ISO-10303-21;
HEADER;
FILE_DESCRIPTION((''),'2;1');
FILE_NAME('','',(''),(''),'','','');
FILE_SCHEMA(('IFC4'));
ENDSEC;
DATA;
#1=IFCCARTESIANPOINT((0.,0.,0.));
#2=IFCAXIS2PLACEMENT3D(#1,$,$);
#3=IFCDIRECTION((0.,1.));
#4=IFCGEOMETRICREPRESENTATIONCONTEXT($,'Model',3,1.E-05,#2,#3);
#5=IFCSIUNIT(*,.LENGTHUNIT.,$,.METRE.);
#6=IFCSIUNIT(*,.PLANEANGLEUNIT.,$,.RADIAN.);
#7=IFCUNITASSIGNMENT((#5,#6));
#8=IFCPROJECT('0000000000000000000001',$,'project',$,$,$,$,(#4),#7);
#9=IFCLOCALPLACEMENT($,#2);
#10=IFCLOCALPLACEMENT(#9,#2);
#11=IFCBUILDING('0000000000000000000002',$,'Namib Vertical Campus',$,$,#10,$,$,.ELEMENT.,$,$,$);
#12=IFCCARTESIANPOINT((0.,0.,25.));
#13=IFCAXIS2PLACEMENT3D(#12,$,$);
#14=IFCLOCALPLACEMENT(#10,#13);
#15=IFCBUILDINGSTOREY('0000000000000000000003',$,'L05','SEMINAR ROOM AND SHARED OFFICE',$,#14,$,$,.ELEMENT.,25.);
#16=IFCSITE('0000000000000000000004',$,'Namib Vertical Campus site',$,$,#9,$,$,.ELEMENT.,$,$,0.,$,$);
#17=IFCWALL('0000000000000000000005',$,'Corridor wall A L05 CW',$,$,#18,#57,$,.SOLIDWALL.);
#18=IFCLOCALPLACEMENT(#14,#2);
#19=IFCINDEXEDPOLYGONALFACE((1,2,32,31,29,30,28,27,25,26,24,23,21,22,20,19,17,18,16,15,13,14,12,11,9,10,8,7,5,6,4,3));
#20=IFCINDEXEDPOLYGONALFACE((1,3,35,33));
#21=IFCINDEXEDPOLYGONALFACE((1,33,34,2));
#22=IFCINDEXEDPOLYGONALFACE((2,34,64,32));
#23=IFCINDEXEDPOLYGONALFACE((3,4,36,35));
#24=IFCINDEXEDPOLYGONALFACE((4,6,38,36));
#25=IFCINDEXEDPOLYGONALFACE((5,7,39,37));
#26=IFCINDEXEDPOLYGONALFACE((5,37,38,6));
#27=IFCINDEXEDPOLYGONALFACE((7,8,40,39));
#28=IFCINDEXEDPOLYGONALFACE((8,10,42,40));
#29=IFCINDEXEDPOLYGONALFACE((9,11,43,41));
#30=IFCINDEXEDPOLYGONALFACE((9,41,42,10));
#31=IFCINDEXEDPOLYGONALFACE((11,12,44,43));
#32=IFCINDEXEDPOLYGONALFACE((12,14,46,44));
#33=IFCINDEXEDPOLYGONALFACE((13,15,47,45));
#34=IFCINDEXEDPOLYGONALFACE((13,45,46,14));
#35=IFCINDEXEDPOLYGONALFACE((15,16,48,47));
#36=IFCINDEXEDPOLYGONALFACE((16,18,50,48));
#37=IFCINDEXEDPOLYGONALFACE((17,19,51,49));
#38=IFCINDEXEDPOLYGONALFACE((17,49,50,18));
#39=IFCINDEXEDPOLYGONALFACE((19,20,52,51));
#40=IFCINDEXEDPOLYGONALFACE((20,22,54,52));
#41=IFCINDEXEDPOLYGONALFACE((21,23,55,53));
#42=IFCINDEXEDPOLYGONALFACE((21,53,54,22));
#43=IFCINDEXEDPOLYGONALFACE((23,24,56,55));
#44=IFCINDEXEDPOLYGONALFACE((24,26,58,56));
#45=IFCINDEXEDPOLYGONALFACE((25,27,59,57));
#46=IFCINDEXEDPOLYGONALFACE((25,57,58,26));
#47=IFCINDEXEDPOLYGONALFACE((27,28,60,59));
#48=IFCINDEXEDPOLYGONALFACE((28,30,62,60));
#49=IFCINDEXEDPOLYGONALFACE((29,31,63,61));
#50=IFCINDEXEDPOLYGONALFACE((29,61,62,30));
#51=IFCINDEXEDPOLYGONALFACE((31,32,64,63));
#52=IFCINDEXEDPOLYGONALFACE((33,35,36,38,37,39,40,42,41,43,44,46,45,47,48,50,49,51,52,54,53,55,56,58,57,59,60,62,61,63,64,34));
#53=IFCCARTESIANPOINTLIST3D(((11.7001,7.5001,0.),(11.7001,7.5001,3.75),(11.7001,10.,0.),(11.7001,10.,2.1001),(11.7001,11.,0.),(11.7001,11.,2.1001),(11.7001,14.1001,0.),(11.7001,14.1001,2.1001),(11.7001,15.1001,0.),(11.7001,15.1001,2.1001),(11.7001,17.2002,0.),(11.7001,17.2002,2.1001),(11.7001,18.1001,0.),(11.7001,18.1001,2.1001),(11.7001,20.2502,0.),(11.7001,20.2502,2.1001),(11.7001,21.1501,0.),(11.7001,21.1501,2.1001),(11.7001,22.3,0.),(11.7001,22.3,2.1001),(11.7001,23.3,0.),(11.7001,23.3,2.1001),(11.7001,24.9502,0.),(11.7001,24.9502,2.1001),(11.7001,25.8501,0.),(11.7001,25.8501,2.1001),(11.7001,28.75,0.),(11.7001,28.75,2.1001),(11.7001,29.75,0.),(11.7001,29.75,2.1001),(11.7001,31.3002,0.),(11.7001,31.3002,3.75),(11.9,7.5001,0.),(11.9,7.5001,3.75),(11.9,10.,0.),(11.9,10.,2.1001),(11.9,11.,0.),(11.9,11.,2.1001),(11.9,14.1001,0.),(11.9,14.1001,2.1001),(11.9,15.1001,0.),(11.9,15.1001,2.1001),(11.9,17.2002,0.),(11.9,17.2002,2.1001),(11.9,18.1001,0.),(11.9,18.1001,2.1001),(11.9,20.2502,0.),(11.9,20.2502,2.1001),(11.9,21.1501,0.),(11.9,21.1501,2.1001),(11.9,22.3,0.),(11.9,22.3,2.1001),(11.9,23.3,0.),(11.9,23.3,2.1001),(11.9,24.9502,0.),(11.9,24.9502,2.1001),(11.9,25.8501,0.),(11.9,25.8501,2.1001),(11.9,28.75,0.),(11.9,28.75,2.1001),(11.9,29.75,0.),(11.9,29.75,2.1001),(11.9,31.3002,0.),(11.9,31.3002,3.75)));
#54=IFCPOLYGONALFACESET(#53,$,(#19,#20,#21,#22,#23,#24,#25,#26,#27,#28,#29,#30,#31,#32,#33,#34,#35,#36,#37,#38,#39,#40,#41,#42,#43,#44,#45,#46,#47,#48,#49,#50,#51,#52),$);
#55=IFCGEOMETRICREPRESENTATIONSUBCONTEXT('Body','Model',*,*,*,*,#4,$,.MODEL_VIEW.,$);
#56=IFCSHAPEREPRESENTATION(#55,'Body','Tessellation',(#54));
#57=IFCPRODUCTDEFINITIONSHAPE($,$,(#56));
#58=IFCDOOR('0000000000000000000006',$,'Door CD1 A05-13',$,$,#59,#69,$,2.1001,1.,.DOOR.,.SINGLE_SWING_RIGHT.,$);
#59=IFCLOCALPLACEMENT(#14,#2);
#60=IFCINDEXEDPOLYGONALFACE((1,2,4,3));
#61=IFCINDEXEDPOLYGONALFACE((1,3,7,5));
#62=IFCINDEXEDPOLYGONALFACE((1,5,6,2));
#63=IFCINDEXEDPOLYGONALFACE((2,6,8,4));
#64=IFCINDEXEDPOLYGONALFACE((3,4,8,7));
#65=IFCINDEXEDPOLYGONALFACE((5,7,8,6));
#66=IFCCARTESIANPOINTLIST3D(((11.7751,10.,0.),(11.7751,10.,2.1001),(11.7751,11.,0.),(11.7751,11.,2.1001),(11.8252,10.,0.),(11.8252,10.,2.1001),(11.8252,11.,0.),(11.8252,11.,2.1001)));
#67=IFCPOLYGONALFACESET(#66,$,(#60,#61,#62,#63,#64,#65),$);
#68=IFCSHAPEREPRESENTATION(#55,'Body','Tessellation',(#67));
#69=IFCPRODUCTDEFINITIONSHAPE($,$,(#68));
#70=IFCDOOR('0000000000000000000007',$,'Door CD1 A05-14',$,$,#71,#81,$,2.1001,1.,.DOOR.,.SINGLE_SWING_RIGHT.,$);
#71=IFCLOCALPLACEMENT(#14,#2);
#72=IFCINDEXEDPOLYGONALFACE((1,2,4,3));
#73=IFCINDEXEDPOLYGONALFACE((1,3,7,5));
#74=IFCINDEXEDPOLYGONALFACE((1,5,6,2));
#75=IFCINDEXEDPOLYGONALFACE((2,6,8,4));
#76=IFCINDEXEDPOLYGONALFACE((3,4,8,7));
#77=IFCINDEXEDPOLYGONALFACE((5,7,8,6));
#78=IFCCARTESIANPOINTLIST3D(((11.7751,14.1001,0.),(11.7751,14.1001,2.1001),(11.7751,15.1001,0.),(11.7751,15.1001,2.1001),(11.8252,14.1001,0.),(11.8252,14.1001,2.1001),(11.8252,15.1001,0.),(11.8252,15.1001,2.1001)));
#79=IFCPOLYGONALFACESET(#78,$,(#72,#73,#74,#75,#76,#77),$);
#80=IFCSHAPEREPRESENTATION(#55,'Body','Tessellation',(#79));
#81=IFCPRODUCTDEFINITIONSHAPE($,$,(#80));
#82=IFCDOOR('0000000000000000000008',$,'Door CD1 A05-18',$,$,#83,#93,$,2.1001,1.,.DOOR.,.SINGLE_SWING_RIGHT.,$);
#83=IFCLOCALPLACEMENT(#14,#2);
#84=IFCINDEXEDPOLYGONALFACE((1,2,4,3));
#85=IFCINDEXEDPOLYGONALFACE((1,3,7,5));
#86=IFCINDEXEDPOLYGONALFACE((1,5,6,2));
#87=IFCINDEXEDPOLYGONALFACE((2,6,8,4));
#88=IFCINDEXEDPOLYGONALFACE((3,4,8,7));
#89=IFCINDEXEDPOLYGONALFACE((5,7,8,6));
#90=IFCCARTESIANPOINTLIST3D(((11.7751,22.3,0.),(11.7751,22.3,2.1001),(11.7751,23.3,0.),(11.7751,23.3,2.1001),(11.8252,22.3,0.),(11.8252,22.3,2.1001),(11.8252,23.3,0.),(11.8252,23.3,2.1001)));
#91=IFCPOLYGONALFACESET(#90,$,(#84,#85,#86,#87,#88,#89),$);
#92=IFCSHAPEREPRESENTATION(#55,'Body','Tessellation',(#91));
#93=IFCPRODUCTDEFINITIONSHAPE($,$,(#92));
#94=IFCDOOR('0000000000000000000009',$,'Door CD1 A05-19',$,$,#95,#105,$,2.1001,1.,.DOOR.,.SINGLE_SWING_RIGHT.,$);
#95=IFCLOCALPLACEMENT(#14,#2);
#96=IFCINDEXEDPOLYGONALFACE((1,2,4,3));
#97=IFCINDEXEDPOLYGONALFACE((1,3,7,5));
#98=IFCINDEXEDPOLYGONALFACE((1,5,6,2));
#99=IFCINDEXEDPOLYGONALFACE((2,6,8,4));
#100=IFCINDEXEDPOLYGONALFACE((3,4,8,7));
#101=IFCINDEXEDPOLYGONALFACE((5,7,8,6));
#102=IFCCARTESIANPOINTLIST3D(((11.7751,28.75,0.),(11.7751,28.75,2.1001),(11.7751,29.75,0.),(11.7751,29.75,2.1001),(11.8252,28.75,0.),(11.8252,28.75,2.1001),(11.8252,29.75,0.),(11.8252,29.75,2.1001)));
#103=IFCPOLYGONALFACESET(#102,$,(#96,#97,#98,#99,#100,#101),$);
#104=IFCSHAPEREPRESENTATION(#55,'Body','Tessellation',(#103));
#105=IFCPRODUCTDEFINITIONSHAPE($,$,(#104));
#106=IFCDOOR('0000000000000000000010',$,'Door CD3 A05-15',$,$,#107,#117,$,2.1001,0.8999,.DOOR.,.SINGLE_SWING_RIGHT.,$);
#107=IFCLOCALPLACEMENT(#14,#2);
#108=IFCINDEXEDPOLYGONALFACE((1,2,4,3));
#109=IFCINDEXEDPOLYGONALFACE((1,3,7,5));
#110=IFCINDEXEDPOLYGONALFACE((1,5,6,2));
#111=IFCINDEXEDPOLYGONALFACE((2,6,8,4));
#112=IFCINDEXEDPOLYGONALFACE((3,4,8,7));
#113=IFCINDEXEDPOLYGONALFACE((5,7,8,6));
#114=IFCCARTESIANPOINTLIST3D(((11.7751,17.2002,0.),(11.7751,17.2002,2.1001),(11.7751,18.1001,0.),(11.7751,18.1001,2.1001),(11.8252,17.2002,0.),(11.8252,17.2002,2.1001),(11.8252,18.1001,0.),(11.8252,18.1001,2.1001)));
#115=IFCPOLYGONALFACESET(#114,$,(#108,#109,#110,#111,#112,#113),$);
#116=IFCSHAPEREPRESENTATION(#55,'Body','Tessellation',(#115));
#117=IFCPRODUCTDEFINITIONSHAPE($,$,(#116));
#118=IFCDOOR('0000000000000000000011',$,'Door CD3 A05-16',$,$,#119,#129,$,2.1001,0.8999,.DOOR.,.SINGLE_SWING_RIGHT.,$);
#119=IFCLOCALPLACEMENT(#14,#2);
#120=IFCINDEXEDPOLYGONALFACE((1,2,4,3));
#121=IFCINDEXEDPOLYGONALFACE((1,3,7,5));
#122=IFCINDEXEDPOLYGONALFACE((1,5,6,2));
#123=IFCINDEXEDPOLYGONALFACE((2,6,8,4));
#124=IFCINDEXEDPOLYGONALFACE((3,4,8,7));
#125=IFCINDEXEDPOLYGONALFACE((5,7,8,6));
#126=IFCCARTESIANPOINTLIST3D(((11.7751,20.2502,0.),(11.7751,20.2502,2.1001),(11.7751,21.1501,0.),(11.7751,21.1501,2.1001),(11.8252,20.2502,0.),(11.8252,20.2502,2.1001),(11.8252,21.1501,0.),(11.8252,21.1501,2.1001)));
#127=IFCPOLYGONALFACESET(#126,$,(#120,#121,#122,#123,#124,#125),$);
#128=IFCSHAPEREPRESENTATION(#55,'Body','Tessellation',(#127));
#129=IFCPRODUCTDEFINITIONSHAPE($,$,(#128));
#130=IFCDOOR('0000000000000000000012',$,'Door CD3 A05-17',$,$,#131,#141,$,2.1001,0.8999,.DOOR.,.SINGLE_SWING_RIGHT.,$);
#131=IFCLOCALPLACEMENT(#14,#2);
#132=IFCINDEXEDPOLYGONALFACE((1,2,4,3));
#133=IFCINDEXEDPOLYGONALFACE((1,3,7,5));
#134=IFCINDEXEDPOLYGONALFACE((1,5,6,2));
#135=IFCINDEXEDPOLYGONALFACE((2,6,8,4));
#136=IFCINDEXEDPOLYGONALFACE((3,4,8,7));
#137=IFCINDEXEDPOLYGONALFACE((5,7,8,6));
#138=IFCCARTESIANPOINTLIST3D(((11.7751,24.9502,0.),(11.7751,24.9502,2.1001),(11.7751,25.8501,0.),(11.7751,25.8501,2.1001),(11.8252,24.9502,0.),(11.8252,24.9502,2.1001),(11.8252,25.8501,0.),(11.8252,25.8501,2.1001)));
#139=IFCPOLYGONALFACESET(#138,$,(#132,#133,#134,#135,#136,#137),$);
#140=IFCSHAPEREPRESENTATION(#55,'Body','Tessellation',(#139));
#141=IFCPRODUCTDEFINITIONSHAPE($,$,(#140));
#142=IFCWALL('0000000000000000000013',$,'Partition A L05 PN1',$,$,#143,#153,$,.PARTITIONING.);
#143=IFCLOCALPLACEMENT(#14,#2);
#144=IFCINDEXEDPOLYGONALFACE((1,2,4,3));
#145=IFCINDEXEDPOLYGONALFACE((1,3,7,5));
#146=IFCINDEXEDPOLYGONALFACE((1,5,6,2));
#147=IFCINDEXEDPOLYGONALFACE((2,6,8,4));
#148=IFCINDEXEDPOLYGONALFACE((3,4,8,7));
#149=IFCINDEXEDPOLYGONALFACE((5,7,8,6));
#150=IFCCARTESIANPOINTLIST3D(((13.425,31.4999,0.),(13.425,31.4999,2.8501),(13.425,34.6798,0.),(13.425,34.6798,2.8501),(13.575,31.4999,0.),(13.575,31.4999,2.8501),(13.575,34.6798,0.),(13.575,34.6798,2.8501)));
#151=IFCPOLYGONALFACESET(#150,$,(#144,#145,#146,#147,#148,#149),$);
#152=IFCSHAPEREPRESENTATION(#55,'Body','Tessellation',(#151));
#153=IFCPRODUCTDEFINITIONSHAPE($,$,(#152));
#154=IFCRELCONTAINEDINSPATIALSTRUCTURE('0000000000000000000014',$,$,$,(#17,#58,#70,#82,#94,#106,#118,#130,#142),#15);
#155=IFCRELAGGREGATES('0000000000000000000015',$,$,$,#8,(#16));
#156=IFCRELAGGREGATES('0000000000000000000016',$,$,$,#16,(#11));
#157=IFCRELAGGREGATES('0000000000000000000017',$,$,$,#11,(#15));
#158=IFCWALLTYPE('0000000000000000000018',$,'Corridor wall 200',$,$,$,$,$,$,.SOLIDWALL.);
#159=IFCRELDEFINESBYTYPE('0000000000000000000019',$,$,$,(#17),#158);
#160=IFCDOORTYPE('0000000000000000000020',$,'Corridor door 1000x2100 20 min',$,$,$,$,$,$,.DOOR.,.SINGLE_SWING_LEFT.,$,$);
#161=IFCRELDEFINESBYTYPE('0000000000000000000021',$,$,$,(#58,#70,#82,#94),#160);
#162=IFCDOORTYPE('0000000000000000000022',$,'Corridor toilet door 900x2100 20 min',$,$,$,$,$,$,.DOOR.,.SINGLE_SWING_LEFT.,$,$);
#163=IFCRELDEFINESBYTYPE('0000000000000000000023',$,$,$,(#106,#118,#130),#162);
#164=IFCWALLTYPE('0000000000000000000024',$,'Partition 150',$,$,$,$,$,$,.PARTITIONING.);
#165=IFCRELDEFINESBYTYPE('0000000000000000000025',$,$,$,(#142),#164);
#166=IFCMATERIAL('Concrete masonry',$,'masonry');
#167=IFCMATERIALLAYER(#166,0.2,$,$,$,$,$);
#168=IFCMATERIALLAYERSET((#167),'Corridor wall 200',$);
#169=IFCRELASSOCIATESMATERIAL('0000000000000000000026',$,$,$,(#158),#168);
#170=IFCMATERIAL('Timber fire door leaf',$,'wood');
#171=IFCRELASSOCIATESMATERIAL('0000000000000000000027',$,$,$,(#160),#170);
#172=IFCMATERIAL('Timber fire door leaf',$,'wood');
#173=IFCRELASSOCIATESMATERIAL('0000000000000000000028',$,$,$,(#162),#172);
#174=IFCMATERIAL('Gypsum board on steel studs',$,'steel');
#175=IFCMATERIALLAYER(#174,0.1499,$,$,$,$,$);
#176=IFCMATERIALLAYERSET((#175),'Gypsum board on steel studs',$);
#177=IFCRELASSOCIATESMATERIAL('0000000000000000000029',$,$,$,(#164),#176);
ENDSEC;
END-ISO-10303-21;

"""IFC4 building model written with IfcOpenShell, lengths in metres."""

from ifc_helpers import new_model, si_unit, direction, frame, frame_2d, origin, place, context, subcontext, project, spatial, rectangle, extrude, material, layer, layer_set, type_object, element, fill, save


model = new_model("IFC4")

# Units and contexts
model_context = context("Model", 3, precision=1e-05, world=origin(), true_north=direction((0.0, 1.0)))
body_context = subcontext(model_context, "Body", "Model", "MODEL_VIEW")
ifc_project = project(units=[si_unit("LENGTHUNIT", "METRE"), si_unit("PLANEANGLEUNIT", "RADIAN")], contexts=[model_context])

# Site, building, storey
site_placement = place(None, origin())
site = spatial("IfcSite", under=ifc_project, at=site_placement, Name="Namib Vertical Campus site", CompositionType="ELEMENT", RefElevation=0.0)
building_placement = place(site_placement, origin())
building = spatial("IfcBuilding", under=site, at=building_placement, Name="Namib Vertical Campus", CompositionType="ELEMENT")
storey_placement = place(building_placement, frame((0.0, 0.0, 25.0)))
storey = spatial("IfcBuildingStorey", under=building, at=storey_placement, Name="L05", Description="SEMINAR ROOM AND SHARED OFFICE", CompositionType="ELEMENT", Elevation=25.0)

# Wall, openings, doors
ifc_material_1 = material(Name="Concrete masonry", Category="masonry")
ifc_layer_1 = layer(ifc_material_1, 0.2)
ifc_layer_set_1 = layer_set([ifc_layer_1], Name="Corridor wall 200")
wall_type_1 = type_object("IfcWallType", Name="Corridor wall 200", PredefinedType="SOLIDWALL", material=ifc_layer_set_1)
wall_1_placement = place(storey_placement, frame((11.8, 31.3, 0.0), z_axis=(0.0, 0.0, 1.0), x_axis=(0.0, -1.0, 0.0)))
wall_1 = element("IfcWall", 1, at=wall_1_placement, inside=storey, type_object=wall_type_1, Name="Corridor wall A L05 CW", PredefinedType="SOLIDWALL", context=body_context, shape_type="SweptSolid", body=[
    extrude(rectangle(XDim=23.8, YDim=0.2, at=frame_2d((11.8999, 0.0))), origin(), (0.0, 0.0, 1.0), 3.75),
])
opening_1_placement = place(wall_1_placement, frame((20.3, 0.0, 0.0)))
opening_1 = element("IfcOpeningElement", 2, at=opening_1_placement, cuts=wall_1, PredefinedType="OPENING", context=body_context, shape_type="SweptSolid", body=[
    extrude(rectangle(XDim=1.0, YDim=2.1001, at=frame_2d((0.5, 1.05))), frame((0.0, 0.1099, 0.0), z_axis=(0.0, -1.0, 0.0), x_axis=(1.0, 0.0, 0.0)), (0.0, 0.0, 1.0), 0.22),
])
opening_2_placement = place(wall_1_placement, frame((16.2, 0.0, 0.0)))
opening_2 = element("IfcOpeningElement", 3, at=opening_2_placement, cuts=wall_1, PredefinedType="OPENING", context=body_context, shape_type="SweptSolid", body=[
    extrude(rectangle(XDim=1.0, YDim=2.1001, at=frame_2d((0.5, 1.05))), frame((0.0, 0.1099, 0.0), z_axis=(0.0, -1.0, 0.0), x_axis=(1.0, 0.0, 0.0)), (0.0, 0.0, 1.0), 0.22),
])
opening_3_placement = place(wall_1_placement, frame((13.2, 0.0, 0.0)))
opening_3 = element("IfcOpeningElement", 4, at=opening_3_placement, cuts=wall_1, PredefinedType="OPENING", context=body_context, shape_type="SweptSolid", body=[
    extrude(rectangle(XDim=0.8999, YDim=2.1001, at=frame_2d((0.45, 1.05))), frame((0.0, 0.1099, 0.0), z_axis=(0.0, -1.0, 0.0), x_axis=(1.0, 0.0, 0.0)), (0.0, 0.0, 1.0), 0.22),
])
opening_4_placement = place(wall_1_placement, frame((10.1499, 0.0, 0.0)))
opening_4 = element("IfcOpeningElement", 5, at=opening_4_placement, cuts=wall_1, PredefinedType="OPENING", context=body_context, shape_type="SweptSolid", body=[
    extrude(rectangle(XDim=0.8999, YDim=2.1001, at=frame_2d((0.45, 1.05))), frame((0.0, 0.1099, 0.0), z_axis=(0.0, -1.0, 0.0), x_axis=(1.0, 0.0, 0.0)), (0.0, 0.0, 1.0), 0.22),
])
opening_5_placement = place(wall_1_placement, frame((5.45, 0.0, 0.0)))
opening_5 = element("IfcOpeningElement", 6, at=opening_5_placement, cuts=wall_1, PredefinedType="OPENING", context=body_context, shape_type="SweptSolid", body=[
    extrude(rectangle(XDim=0.8999, YDim=2.1001, at=frame_2d((0.45, 1.05))), frame((0.0, 0.1099, 0.0), z_axis=(0.0, -1.0, 0.0), x_axis=(1.0, 0.0, 0.0)), (0.0, 0.0, 1.0), 0.22),
])
opening_6_placement = place(wall_1_placement, frame((8.0, 0.0, 0.0)))
opening_6 = element("IfcOpeningElement", 7, at=opening_6_placement, cuts=wall_1, PredefinedType="OPENING", context=body_context, shape_type="SweptSolid", body=[
    extrude(rectangle(XDim=1.0, YDim=2.1001, at=frame_2d((0.5, 1.05))), frame((0.0, 0.1099, 0.0), z_axis=(0.0, -1.0, 0.0), x_axis=(1.0, 0.0, 0.0)), (0.0, 0.0, 1.0), 0.22),
])
opening_7_placement = place(wall_1_placement, frame((1.55, 0.0, 0.0)))
opening_7 = element("IfcOpeningElement", 8, at=opening_7_placement, cuts=wall_1, PredefinedType="OPENING", context=body_context, shape_type="SweptSolid", body=[
    extrude(rectangle(XDim=1.0, YDim=2.1001, at=frame_2d((0.5, 1.05))), frame((0.0, 0.1099, 0.0), z_axis=(0.0, -1.0, 0.0), x_axis=(1.0, 0.0, 0.0)), (0.0, 0.0, 1.0), 0.22),
])
ifc_material_2 = material(Name="Timber fire door leaf", Category="wood")
door_type_1 = type_object("IfcDoorType", Name="Corridor door 1000x2100 20 min", OperationType="SINGLE_SWING_LEFT", PredefinedType="DOOR", material=ifc_material_2)
door_1_placement = place(opening_1_placement, frame((1.0, 0.0, 0.0), z_axis=(0.0, 0.0, 1.0), x_axis=(-1.0, 0.0, 0.0)))
door_1 = element("IfcDoor", 9, at=door_1_placement, inside=storey, type_object=door_type_1, Name="Door CD1 A05-13", OperationType="SINGLE_SWING_RIGHT", OverallHeight=2.1001, OverallWidth=1.0, PredefinedType="DOOR", context=body_context, shape_type="SweptSolid", body=[
    extrude(rectangle(XDim=1.0, YDim=2.1001, at=frame_2d((0.5, 1.05))), frame((0.0, 0.0249, 0.0), z_axis=(0.0, -1.0, 0.0), x_axis=(1.0, 0.0, 0.0)), (0.0, 0.0, 1.0), 0.05),
])
fill(opening_1, door_1)
door_2_placement = place(opening_2_placement, frame((1.0, 0.0, 0.0), z_axis=(0.0, 0.0, 1.0), x_axis=(-1.0, 0.0, 0.0)))
door_2 = element("IfcDoor", 10, at=door_2_placement, inside=storey, type_object=door_type_1, Name="Door CD1 A05-14", OperationType="SINGLE_SWING_RIGHT", OverallHeight=2.1001, OverallWidth=1.0, PredefinedType="DOOR", context=body_context, shape_type="SweptSolid", body=[
    extrude(rectangle(XDim=1.0, YDim=2.1001, at=frame_2d((0.5, 1.05))), frame((0.0, 0.0249, 0.0), z_axis=(0.0, -1.0, 0.0), x_axis=(1.0, 0.0, 0.0)), (0.0, 0.0, 1.0), 0.05),
])
fill(opening_2, door_2)
door_3_placement = place(opening_6_placement, frame((1.0, 0.0, 0.0), z_axis=(0.0, 0.0, 1.0), x_axis=(-1.0, 0.0, 0.0)))
door_3 = element("IfcDoor", 11, at=door_3_placement, inside=storey, type_object=door_type_1, Name="Door CD1 A05-18", OperationType="SINGLE_SWING_RIGHT", OverallHeight=2.1001, OverallWidth=1.0, PredefinedType="DOOR", context=body_context, shape_type="SweptSolid", body=[
    extrude(rectangle(XDim=1.0, YDim=2.1001, at=frame_2d((0.5, 1.05))), frame((0.0, 0.0249, 0.0), z_axis=(0.0, -1.0, 0.0), x_axis=(1.0, 0.0, 0.0)), (0.0, 0.0, 1.0), 0.05),
])
fill(opening_6, door_3)
door_4_placement = place(opening_7_placement, frame((1.0, 0.0, 0.0), z_axis=(0.0, 0.0, 1.0), x_axis=(-1.0, 0.0, 0.0)))
door_4 = element("IfcDoor", 12, at=door_4_placement, inside=storey, type_object=door_type_1, Name="Door CD1 A05-19", OperationType="SINGLE_SWING_RIGHT", OverallHeight=2.1001, OverallWidth=1.0, PredefinedType="DOOR", context=body_context, shape_type="SweptSolid", body=[
    extrude(rectangle(XDim=1.0, YDim=2.1001, at=frame_2d((0.5, 1.05))), frame((0.0, 0.0249, 0.0), z_axis=(0.0, -1.0, 0.0), x_axis=(1.0, 0.0, 0.0)), (0.0, 0.0, 1.0), 0.05),
])
fill(opening_7, door_4)
ifc_material_3 = material(Name="Timber fire door leaf", Category="wood")
door_type_2 = type_object("IfcDoorType", Name="Corridor toilet door 900x2100 20 min", OperationType="SINGLE_SWING_LEFT", PredefinedType="DOOR", material=ifc_material_3)
door_5_placement = place(opening_3_placement, frame((0.8999, 0.0, 0.0), z_axis=(0.0, 0.0, 1.0), x_axis=(-1.0, 0.0, 0.0)))
door_5 = element("IfcDoor", 13, at=door_5_placement, inside=storey, type_object=door_type_2, Name="Door CD3 A05-15", OperationType="SINGLE_SWING_RIGHT", OverallHeight=2.1001, OverallWidth=0.8999, PredefinedType="DOOR", context=body_context, shape_type="SweptSolid", body=[
    extrude(rectangle(XDim=0.8999, YDim=2.1001, at=frame_2d((0.45, 1.05))), frame((0.0, 0.0249, 0.0), z_axis=(0.0, -1.0, 0.0), x_axis=(1.0, 0.0, 0.0)), (0.0, 0.0, 1.0), 0.05),
])
fill(opening_3, door_5)
door_6_placement = place(opening_4_placement, frame((0.8999, 0.0, 0.0), z_axis=(0.0, 0.0, 1.0), x_axis=(-1.0, 0.0, 0.0)))
door_6 = element("IfcDoor", 14, at=door_6_placement, inside=storey, type_object=door_type_2, Name="Door CD3 A05-16", OperationType="SINGLE_SWING_RIGHT", OverallHeight=2.1001, OverallWidth=0.8999, PredefinedType="DOOR", context=body_context, shape_type="SweptSolid", body=[
    extrude(rectangle(XDim=0.8999, YDim=2.1001, at=frame_2d((0.45, 1.05))), frame((0.0, 0.0249, 0.0), z_axis=(0.0, -1.0, 0.0), x_axis=(1.0, 0.0, 0.0)), (0.0, 0.0, 1.0), 0.05),
])
fill(opening_4, door_6)
door_7_placement = place(opening_5_placement, frame((0.8999, 0.0, 0.0), z_axis=(0.0, 0.0, 1.0), x_axis=(-1.0, 0.0, 0.0)))
door_7 = element("IfcDoor", 15, at=door_7_placement, inside=storey, type_object=door_type_2, Name="Door CD3 A05-17", OperationType="SINGLE_SWING_RIGHT", OverallHeight=2.1001, OverallWidth=0.8999, PredefinedType="DOOR", context=body_context, shape_type="SweptSolid", body=[
    extrude(rectangle(XDim=0.8999, YDim=2.1001, at=frame_2d((0.45, 1.05))), frame((0.0, 0.0249, 0.0), z_axis=(0.0, -1.0, 0.0), x_axis=(1.0, 0.0, 0.0)), (0.0, 0.0, 1.0), 0.05),
])
fill(opening_5, door_7)

# Wall
ifc_material_4 = material(Name="Gypsum board on steel studs", Category="steel")
ifc_layer_2 = layer(ifc_material_4, 0.1499)
ifc_layer_set_2 = layer_set([ifc_layer_2], Name="Gypsum board on steel studs")
wall_type_2 = type_object("IfcWallType", Name="Partition 150", PredefinedType="PARTITIONING", material=ifc_layer_set_2)
wall_2_placement = place(storey_placement, frame((13.5, 31.5, 0.0), z_axis=(0.0, 0.0, 1.0), x_axis=(0.0, 1.0, 0.0)))
element("IfcWall", 16, at=wall_2_placement, inside=storey, type_object=wall_type_2, Name="Partition A L05 PN1", PredefinedType="PARTITIONING", context=body_context, shape_type="SweptSolid", body=[
    extrude(rectangle(XDim=3.1799, YDim=0.1499, at=frame_2d((1.5898, 0.0))), origin(), (0.0, 0.0, 1.0), 2.8501),
])

save(model, "model.ifc")
